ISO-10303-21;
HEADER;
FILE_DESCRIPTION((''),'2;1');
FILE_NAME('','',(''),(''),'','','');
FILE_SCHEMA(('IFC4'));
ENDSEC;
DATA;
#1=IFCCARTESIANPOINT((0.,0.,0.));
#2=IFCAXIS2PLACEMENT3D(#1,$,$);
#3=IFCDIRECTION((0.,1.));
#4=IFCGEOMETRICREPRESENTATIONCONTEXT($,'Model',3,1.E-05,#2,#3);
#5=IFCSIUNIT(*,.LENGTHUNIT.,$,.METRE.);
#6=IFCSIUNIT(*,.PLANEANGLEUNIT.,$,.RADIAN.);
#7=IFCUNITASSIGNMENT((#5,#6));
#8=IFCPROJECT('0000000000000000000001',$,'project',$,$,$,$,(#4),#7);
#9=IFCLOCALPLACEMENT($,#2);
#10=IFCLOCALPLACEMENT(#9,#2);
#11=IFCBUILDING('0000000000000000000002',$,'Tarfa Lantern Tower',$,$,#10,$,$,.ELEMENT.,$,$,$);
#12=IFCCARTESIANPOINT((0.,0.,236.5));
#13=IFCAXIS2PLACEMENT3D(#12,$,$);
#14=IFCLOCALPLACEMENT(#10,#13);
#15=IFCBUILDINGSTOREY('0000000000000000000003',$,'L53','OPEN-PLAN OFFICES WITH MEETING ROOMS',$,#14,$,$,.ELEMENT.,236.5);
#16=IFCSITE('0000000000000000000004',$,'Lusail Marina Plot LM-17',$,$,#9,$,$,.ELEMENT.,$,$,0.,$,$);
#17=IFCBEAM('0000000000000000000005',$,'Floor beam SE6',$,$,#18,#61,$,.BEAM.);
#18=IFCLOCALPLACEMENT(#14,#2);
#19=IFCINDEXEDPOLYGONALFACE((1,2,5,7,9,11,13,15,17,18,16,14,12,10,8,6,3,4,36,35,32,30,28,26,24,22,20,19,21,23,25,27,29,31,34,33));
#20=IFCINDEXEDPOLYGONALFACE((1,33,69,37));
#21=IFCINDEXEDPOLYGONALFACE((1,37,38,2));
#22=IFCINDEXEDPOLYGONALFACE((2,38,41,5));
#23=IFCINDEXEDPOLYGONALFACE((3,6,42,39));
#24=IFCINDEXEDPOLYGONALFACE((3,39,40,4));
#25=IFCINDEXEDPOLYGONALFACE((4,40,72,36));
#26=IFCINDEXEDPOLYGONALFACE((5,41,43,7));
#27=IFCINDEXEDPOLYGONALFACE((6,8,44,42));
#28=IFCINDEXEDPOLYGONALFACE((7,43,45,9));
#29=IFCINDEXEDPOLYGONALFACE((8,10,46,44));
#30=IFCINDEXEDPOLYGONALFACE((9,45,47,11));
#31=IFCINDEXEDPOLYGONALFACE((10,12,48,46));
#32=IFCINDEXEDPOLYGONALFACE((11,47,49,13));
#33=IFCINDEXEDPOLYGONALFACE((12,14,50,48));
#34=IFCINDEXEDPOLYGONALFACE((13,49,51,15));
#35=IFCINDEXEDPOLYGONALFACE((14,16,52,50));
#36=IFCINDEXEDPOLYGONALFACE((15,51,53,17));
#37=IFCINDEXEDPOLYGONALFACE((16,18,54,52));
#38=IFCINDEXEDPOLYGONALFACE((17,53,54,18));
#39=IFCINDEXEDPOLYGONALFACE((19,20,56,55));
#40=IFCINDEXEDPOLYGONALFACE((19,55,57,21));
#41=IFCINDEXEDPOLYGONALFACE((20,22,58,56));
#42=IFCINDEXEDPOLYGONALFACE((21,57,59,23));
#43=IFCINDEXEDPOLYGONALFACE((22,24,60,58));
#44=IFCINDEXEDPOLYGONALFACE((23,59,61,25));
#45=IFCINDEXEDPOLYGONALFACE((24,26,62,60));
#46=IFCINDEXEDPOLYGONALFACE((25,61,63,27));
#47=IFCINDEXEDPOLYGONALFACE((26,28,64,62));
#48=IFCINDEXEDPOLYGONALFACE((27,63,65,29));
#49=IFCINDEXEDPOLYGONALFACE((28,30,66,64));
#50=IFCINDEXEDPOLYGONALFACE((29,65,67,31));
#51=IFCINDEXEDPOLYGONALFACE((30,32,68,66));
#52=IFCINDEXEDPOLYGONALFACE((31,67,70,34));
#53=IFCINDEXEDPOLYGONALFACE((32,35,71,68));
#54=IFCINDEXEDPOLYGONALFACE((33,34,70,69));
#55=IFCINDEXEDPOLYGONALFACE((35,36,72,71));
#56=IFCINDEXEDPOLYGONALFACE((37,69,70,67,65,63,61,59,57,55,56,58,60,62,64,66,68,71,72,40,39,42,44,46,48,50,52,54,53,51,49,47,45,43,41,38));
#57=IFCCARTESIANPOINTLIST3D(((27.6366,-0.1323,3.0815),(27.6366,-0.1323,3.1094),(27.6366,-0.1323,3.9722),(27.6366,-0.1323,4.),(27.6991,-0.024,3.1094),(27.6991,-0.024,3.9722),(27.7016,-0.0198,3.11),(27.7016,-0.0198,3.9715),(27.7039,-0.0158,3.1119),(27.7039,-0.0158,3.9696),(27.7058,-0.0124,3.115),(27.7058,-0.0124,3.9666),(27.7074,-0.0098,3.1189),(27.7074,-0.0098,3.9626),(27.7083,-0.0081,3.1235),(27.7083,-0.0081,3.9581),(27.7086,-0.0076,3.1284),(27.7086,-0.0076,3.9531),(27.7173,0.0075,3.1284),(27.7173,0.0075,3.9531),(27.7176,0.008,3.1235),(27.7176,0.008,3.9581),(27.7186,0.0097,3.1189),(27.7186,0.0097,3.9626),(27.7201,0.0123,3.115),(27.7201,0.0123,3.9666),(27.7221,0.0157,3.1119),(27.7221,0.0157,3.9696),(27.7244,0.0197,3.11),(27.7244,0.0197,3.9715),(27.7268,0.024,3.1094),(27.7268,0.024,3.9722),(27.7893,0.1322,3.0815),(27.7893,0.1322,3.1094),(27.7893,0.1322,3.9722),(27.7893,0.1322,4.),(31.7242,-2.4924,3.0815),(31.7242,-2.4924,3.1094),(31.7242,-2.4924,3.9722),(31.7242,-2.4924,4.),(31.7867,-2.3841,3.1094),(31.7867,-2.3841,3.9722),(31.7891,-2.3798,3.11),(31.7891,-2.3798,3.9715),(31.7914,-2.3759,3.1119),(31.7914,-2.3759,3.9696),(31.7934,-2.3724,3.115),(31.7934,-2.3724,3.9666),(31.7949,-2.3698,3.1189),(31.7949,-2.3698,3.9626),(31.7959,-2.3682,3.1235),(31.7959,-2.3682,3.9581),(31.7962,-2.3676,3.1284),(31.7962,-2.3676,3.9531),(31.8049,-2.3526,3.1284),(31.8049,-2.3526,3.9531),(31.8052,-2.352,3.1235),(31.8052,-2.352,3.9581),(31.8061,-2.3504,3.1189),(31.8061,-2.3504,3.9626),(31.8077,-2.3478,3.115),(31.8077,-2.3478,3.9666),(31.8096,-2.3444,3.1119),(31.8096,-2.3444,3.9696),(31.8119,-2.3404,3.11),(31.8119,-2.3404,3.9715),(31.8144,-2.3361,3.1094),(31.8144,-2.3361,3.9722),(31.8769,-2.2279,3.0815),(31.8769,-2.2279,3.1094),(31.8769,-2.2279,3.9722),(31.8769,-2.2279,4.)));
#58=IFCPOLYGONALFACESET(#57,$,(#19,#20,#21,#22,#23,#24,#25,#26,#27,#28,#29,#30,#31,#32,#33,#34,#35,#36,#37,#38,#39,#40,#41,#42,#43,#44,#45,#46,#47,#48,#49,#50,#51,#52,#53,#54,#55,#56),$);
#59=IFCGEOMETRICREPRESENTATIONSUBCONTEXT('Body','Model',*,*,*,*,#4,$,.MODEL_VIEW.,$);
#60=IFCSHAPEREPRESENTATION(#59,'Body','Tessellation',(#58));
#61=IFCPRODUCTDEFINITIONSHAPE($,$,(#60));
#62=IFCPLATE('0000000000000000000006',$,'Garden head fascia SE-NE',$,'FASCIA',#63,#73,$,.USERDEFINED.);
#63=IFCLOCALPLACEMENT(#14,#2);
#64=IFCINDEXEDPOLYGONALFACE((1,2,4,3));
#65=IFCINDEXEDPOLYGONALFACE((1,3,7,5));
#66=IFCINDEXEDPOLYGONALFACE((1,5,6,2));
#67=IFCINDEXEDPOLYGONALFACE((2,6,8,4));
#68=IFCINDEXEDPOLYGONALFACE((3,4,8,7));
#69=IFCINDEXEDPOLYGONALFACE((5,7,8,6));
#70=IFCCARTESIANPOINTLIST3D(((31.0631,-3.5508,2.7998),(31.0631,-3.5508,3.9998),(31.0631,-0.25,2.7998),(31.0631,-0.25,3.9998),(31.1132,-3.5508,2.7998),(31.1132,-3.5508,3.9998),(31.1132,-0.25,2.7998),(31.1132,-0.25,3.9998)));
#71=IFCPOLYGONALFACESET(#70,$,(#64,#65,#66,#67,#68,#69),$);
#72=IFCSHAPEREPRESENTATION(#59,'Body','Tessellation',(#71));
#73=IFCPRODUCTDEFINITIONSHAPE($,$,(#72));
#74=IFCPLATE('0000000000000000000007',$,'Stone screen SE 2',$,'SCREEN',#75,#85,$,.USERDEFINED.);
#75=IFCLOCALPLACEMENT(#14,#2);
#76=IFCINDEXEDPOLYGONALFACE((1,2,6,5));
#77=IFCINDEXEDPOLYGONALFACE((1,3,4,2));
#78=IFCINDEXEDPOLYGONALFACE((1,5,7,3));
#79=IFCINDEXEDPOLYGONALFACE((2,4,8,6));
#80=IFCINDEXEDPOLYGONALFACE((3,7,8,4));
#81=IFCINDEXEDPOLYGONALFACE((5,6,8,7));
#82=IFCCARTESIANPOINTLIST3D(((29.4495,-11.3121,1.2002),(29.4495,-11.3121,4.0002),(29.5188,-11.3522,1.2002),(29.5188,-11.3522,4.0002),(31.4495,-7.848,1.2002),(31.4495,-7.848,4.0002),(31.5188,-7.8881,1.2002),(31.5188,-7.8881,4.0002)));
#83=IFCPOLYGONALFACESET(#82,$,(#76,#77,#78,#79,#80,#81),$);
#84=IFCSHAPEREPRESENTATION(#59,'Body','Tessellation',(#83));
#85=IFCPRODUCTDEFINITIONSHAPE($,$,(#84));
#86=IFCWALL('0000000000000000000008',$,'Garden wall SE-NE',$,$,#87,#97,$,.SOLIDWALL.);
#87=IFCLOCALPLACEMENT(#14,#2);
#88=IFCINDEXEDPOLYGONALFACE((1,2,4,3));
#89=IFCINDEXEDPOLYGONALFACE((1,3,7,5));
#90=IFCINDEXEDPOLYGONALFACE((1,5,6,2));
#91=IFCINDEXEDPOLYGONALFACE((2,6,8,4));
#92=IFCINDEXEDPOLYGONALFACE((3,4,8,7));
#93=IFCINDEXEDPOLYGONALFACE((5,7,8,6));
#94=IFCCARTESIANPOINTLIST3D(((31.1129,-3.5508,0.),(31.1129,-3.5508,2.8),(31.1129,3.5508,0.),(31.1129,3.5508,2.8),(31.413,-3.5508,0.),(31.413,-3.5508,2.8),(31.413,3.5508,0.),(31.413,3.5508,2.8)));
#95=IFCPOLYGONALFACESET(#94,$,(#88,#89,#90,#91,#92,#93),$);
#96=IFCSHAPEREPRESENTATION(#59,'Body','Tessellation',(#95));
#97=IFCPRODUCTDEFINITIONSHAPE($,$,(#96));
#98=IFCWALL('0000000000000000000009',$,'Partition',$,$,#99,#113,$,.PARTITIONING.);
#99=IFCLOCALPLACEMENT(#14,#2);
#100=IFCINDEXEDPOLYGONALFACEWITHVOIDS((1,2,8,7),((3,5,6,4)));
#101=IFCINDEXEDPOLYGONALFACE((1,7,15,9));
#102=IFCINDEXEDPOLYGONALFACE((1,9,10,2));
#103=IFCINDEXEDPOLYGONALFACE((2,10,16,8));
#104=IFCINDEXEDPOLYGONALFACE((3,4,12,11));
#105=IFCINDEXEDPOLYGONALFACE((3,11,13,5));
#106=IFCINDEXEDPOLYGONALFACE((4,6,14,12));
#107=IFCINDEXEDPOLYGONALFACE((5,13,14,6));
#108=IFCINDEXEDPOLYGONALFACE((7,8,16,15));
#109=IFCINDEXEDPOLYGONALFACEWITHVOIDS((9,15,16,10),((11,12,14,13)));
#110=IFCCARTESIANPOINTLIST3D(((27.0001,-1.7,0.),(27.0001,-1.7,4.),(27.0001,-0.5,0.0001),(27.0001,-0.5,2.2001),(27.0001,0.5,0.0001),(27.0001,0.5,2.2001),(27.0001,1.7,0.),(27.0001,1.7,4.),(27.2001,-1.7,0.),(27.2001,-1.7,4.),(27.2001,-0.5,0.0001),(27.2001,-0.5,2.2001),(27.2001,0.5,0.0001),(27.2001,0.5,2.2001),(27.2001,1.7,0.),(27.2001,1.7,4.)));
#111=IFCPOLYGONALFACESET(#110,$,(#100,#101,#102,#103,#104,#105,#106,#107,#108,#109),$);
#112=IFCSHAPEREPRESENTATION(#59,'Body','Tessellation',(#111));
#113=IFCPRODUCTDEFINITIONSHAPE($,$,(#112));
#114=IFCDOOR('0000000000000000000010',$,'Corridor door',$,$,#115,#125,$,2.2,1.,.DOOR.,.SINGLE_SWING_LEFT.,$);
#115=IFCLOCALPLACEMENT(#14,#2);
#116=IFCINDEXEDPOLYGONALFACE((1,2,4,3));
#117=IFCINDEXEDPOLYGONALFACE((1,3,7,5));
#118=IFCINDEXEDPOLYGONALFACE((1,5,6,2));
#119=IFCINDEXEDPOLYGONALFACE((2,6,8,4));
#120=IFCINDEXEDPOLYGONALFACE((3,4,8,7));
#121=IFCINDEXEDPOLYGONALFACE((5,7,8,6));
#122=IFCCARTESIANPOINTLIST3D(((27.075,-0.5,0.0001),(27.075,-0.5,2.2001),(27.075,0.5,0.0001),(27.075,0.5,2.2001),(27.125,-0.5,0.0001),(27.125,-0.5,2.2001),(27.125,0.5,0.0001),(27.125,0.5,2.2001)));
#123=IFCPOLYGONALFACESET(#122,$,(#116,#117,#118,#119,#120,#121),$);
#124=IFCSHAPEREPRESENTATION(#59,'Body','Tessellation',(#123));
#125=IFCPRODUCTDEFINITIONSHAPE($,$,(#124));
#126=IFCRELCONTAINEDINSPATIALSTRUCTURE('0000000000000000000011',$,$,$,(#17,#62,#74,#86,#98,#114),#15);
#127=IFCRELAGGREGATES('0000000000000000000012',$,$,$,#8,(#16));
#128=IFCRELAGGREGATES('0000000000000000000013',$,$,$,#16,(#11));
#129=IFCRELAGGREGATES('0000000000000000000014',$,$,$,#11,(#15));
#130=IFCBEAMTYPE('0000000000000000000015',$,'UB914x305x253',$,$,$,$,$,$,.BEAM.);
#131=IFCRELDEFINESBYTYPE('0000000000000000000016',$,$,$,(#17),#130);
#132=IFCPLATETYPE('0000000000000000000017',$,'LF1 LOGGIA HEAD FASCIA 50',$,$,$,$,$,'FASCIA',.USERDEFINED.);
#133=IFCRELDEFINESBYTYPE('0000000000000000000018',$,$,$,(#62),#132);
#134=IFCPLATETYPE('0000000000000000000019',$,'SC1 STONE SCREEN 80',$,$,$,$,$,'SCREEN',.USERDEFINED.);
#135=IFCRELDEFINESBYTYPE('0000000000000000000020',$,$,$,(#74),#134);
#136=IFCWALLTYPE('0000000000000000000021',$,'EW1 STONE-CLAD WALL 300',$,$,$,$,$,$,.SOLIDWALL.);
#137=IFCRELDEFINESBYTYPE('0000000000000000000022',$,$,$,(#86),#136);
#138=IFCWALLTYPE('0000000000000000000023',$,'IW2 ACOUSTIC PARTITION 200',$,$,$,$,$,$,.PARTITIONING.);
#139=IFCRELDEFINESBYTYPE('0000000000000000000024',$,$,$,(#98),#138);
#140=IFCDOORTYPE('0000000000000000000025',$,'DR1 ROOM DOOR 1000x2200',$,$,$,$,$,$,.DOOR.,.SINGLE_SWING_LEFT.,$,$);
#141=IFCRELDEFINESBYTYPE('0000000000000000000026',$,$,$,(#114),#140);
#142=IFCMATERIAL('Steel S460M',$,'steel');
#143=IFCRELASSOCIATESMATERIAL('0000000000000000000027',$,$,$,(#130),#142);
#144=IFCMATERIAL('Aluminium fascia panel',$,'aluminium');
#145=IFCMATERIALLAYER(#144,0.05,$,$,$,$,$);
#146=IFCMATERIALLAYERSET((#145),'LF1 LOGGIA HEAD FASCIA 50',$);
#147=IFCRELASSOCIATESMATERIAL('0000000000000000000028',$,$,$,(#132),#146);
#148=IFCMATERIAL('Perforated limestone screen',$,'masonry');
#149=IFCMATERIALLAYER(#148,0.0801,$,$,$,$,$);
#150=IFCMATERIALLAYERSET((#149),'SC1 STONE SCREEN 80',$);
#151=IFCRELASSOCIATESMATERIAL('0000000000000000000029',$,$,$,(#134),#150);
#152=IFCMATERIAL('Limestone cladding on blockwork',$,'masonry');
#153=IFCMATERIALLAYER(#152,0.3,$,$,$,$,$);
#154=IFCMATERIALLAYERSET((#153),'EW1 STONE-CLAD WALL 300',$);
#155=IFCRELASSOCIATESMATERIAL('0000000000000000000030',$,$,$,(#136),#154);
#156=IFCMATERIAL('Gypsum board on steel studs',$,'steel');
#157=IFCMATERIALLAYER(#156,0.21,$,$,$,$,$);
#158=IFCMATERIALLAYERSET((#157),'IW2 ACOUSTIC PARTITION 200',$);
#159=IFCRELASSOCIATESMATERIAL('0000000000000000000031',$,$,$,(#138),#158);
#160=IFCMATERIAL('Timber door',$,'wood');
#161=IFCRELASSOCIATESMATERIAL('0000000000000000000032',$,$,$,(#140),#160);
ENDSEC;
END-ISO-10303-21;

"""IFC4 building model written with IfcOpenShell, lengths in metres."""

from ifc_helpers import new_model, si_unit, direction, frame, frame_2d, origin, origin_2d, place, context, subcontext, project, spatial, rectangle, i_section, extrude, material, layer, layer_set, material_profile, profile_set, type_object, element, fill, save


model = new_model("IFC4")

# Units and contexts
model_context = context("Model", 3, precision=1e-05, world=origin(), true_north=direction((0.0, 1.0)))
body_context = subcontext(model_context, "Body", "Model", "MODEL_VIEW")
ifc_project = project(units=[si_unit("LENGTHUNIT", "METRE"), si_unit("PLANEANGLEUNIT", "RADIAN")], contexts=[model_context])

# Site, building, storey
site_placement = place(None, origin())
site = spatial("IfcSite", under=ifc_project, at=site_placement, Name="Lusail Marina Plot LM-17", CompositionType="ELEMENT", RefElevation=0.0)
building_placement = place(site_placement, origin())
building = spatial("IfcBuilding", under=site, at=building_placement, Name="Tarfa Lantern Tower", CompositionType="ELEMENT")
storey_placement = place(building_placement, frame((0.0, 0.0, 236.5)))
storey = spatial("IfcBuildingStorey", under=building, at=storey_placement, Name="L53", Description="OPEN-PLAN OFFICES WITH MEETING ROOMS", CompositionType="ELEMENT", Elevation=236.5)

# Beam
ifc_material_1 = material(Name="Steel S460M", Category="steel")
ifc_material_profile_1 = material_profile(ifc_material_1, i_section(OverallWidth=0.3054, OverallDepth=0.9185, WebThickness=0.0173, FlangeThickness=0.0278, FilletRadius=0.019, at=origin_2d()), Name="UB914x305x253")
ifc_profile_set_1 = profile_set([ifc_material_profile_1], Name="Steel S460M")
beam_type_1 = type_object("IfcBeamType", Name="UB914x305x253", PredefinedType="BEAM", material=ifc_profile_set_1)
beam_1_placement = place(storey_placement, frame((31.8005, -2.3601, 3.5408), z_axis=(-0.866016, 0.500016, 0.0), x_axis=(-0.500016, -0.866016, 0.0)))
element("IfcBeam", 1, at=beam_1_placement, inside=storey, type_object=beam_type_1, Name="Floor beam SE6", PredefinedType="BEAM", context=body_context, shape_type="SweptSolid", body=[
    extrude(i_section(OverallWidth=0.3054, OverallDepth=0.9185, WebThickness=0.0173, FlangeThickness=0.0278, FilletRadius=0.019, at=origin_2d()), origin(), (0.0, 0.0, 1.0), 4.72),
])

# Plates
ifc_material_2 = material(Name="Aluminium fascia panel", Category="aluminium")
ifc_layer_1 = layer(ifc_material_2, 0.05)
ifc_layer_set_1 = layer_set([ifc_layer_1], Name="LF1 LOGGIA HEAD FASCIA 50")
plate_type_1 = type_object("IfcPlateType", Name="LF1 LOGGIA HEAD FASCIA 50", ElementType="FASCIA", PredefinedType="USERDEFINED", material=ifc_layer_set_1)
plate_1_placement = place(storey_placement, frame((31.0881, -1.9004, 2.7998), z_axis=(0.0, 0.0, 1.0), x_axis=(0.0, 1.0, 0.0)))
element("IfcPlate", 2, at=plate_1_placement, inside=storey, type_object=plate_type_1, Name="Garden head fascia SE-NE", ObjectType="FASCIA", PredefinedType="USERDEFINED", context=body_context, shape_type="SweptSolid", body=[
    extrude(rectangle(XDim=3.3008, YDim=0.05, at=origin_2d()), origin(), (0.0, 0.0, 1.0), 1.2),
])
ifc_material_3 = material(Name="Perforated limestone screen", Category="masonry")
ifc_layer_2 = layer(ifc_material_3, 0.0801)
ifc_layer_set_2 = layer_set([ifc_layer_2], Name="SC1 STONE SCREEN 80")
plate_type_2 = type_object("IfcPlateType", Name="SC1 STONE SCREEN 80", ElementType="SCREEN", PredefinedType="USERDEFINED", material=ifc_layer_set_2)
plate_2_placement = place(storey_placement, frame((30.4841, -9.6001, 1.2002), z_axis=(0.0, 0.0, 1.0), x_axis=(0.5, 0.866025, 0.0)))
element("IfcPlate", 3, at=plate_2_placement, inside=storey, type_object=plate_type_2, Name="Stone screen SE 2", ObjectType="SCREEN", PredefinedType="USERDEFINED", context=body_context, shape_type="SweptSolid", body=[
    extrude(rectangle(XDim=4.0, YDim=0.0801, at=origin_2d()), origin(), (0.0, 0.0, 1.0), 2.8),
])

# Wall
ifc_material_4 = material(Name="Limestone cladding on blockwork", Category="masonry")
ifc_layer_3 = layer(ifc_material_4, 0.3)
ifc_layer_set_3 = layer_set([ifc_layer_3], Name="EW1 STONE-CLAD WALL 300")
wall_type_1 = type_object("IfcWallType", Name="EW1 STONE-CLAD WALL 300", PredefinedType="SOLIDWALL", material=ifc_layer_set_3)
wall_1_placement = place(storey_placement, frame((31.2629, -3.5508, 0.0), z_axis=(0.0, 0.0, 1.0), x_axis=(0.0, 1.0, 0.0)))
element("IfcWall", 4, at=wall_1_placement, inside=storey, type_object=wall_type_1, Name="Garden wall SE-NE", PredefinedType="SOLIDWALL", context=body_context, shape_type="SweptSolid", body=[
    extrude(rectangle(XDim=7.1016, YDim=0.3, at=frame_2d((3.5508, 0.0))), origin(), (0.0, 0.0, 1.0), 2.8),
])

# Wall, opening, door
ifc_material_5 = material(Name="Gypsum board on steel studs", Category="steel")
ifc_layer_4 = layer(ifc_material_5, 0.21)
ifc_layer_set_4 = layer_set([ifc_layer_4], Name="IW2 ACOUSTIC PARTITION 200")
wall_type_2 = type_object("IfcWallType", Name="IW2 ACOUSTIC PARTITION 200", PredefinedType="PARTITIONING", material=ifc_layer_set_4)
wall_2_placement = place(storey_placement, frame((27.1001, -1.7, 0.0), z_axis=(0.0, 0.0, 1.0), x_axis=(0.0, 1.0, 0.0)))
wall_2 = element("IfcWall", 5, at=wall_2_placement, inside=storey, type_object=wall_type_2, Name="Partition", PredefinedType="PARTITIONING", context=body_context, shape_type="SweptSolid", body=[
    extrude(rectangle(XDim=3.3999, YDim=0.2, at=frame_2d((1.7, 0.0))), origin(), (0.0, 0.0, 1.0), 4.0),
])
opening_placement = place(wall_2_placement, frame((1.2, 0.0, 0.0)))
opening = element("IfcOpeningElement", 6, at=opening_placement, cuts=wall_2, PredefinedType="OPENING", context=body_context, shape_type="SweptSolid", body=[
    extrude(rectangle(XDim=1.0, YDim=2.2, at=frame_2d((0.5, 1.1001))), frame((0.0, 0.1099, 0.0), z_axis=(0.0, -1.0, 0.0), x_axis=(1.0, 0.0, 0.0)), (0.0, 0.0, 1.0), 0.22),
])
ifc_material_6 = material(Name="Timber door", Category="wood")
door_type = type_object("IfcDoorType", Name="DR1 ROOM DOOR 1000x2200", OperationType="SINGLE_SWING_LEFT", PredefinedType="DOOR", material=ifc_material_6)
door_placement = place(opening_placement, frame((1.0, 0.0, 0.0), z_axis=(0.0, 0.0, 1.0), x_axis=(-1.0, 0.0, 0.0)))
door = element("IfcDoor", 7, at=door_placement, inside=storey, type_object=door_type, Name="Corridor door", OperationType="SINGLE_SWING_LEFT", OverallHeight=2.2, OverallWidth=1.0, PredefinedType="DOOR", context=body_context, shape_type="SweptSolid", body=[
    extrude(rectangle(XDim=1.0, YDim=2.2, at=frame_2d((0.5, 1.1001))), frame((0.0, 0.0249, 0.0), z_axis=(0.0, -1.0, 0.0), x_axis=(1.0, 0.0, 0.0)), (0.0, 0.0, 1.0), 0.05),
])
fill(opening, door)

save(model, "model.ifc")
